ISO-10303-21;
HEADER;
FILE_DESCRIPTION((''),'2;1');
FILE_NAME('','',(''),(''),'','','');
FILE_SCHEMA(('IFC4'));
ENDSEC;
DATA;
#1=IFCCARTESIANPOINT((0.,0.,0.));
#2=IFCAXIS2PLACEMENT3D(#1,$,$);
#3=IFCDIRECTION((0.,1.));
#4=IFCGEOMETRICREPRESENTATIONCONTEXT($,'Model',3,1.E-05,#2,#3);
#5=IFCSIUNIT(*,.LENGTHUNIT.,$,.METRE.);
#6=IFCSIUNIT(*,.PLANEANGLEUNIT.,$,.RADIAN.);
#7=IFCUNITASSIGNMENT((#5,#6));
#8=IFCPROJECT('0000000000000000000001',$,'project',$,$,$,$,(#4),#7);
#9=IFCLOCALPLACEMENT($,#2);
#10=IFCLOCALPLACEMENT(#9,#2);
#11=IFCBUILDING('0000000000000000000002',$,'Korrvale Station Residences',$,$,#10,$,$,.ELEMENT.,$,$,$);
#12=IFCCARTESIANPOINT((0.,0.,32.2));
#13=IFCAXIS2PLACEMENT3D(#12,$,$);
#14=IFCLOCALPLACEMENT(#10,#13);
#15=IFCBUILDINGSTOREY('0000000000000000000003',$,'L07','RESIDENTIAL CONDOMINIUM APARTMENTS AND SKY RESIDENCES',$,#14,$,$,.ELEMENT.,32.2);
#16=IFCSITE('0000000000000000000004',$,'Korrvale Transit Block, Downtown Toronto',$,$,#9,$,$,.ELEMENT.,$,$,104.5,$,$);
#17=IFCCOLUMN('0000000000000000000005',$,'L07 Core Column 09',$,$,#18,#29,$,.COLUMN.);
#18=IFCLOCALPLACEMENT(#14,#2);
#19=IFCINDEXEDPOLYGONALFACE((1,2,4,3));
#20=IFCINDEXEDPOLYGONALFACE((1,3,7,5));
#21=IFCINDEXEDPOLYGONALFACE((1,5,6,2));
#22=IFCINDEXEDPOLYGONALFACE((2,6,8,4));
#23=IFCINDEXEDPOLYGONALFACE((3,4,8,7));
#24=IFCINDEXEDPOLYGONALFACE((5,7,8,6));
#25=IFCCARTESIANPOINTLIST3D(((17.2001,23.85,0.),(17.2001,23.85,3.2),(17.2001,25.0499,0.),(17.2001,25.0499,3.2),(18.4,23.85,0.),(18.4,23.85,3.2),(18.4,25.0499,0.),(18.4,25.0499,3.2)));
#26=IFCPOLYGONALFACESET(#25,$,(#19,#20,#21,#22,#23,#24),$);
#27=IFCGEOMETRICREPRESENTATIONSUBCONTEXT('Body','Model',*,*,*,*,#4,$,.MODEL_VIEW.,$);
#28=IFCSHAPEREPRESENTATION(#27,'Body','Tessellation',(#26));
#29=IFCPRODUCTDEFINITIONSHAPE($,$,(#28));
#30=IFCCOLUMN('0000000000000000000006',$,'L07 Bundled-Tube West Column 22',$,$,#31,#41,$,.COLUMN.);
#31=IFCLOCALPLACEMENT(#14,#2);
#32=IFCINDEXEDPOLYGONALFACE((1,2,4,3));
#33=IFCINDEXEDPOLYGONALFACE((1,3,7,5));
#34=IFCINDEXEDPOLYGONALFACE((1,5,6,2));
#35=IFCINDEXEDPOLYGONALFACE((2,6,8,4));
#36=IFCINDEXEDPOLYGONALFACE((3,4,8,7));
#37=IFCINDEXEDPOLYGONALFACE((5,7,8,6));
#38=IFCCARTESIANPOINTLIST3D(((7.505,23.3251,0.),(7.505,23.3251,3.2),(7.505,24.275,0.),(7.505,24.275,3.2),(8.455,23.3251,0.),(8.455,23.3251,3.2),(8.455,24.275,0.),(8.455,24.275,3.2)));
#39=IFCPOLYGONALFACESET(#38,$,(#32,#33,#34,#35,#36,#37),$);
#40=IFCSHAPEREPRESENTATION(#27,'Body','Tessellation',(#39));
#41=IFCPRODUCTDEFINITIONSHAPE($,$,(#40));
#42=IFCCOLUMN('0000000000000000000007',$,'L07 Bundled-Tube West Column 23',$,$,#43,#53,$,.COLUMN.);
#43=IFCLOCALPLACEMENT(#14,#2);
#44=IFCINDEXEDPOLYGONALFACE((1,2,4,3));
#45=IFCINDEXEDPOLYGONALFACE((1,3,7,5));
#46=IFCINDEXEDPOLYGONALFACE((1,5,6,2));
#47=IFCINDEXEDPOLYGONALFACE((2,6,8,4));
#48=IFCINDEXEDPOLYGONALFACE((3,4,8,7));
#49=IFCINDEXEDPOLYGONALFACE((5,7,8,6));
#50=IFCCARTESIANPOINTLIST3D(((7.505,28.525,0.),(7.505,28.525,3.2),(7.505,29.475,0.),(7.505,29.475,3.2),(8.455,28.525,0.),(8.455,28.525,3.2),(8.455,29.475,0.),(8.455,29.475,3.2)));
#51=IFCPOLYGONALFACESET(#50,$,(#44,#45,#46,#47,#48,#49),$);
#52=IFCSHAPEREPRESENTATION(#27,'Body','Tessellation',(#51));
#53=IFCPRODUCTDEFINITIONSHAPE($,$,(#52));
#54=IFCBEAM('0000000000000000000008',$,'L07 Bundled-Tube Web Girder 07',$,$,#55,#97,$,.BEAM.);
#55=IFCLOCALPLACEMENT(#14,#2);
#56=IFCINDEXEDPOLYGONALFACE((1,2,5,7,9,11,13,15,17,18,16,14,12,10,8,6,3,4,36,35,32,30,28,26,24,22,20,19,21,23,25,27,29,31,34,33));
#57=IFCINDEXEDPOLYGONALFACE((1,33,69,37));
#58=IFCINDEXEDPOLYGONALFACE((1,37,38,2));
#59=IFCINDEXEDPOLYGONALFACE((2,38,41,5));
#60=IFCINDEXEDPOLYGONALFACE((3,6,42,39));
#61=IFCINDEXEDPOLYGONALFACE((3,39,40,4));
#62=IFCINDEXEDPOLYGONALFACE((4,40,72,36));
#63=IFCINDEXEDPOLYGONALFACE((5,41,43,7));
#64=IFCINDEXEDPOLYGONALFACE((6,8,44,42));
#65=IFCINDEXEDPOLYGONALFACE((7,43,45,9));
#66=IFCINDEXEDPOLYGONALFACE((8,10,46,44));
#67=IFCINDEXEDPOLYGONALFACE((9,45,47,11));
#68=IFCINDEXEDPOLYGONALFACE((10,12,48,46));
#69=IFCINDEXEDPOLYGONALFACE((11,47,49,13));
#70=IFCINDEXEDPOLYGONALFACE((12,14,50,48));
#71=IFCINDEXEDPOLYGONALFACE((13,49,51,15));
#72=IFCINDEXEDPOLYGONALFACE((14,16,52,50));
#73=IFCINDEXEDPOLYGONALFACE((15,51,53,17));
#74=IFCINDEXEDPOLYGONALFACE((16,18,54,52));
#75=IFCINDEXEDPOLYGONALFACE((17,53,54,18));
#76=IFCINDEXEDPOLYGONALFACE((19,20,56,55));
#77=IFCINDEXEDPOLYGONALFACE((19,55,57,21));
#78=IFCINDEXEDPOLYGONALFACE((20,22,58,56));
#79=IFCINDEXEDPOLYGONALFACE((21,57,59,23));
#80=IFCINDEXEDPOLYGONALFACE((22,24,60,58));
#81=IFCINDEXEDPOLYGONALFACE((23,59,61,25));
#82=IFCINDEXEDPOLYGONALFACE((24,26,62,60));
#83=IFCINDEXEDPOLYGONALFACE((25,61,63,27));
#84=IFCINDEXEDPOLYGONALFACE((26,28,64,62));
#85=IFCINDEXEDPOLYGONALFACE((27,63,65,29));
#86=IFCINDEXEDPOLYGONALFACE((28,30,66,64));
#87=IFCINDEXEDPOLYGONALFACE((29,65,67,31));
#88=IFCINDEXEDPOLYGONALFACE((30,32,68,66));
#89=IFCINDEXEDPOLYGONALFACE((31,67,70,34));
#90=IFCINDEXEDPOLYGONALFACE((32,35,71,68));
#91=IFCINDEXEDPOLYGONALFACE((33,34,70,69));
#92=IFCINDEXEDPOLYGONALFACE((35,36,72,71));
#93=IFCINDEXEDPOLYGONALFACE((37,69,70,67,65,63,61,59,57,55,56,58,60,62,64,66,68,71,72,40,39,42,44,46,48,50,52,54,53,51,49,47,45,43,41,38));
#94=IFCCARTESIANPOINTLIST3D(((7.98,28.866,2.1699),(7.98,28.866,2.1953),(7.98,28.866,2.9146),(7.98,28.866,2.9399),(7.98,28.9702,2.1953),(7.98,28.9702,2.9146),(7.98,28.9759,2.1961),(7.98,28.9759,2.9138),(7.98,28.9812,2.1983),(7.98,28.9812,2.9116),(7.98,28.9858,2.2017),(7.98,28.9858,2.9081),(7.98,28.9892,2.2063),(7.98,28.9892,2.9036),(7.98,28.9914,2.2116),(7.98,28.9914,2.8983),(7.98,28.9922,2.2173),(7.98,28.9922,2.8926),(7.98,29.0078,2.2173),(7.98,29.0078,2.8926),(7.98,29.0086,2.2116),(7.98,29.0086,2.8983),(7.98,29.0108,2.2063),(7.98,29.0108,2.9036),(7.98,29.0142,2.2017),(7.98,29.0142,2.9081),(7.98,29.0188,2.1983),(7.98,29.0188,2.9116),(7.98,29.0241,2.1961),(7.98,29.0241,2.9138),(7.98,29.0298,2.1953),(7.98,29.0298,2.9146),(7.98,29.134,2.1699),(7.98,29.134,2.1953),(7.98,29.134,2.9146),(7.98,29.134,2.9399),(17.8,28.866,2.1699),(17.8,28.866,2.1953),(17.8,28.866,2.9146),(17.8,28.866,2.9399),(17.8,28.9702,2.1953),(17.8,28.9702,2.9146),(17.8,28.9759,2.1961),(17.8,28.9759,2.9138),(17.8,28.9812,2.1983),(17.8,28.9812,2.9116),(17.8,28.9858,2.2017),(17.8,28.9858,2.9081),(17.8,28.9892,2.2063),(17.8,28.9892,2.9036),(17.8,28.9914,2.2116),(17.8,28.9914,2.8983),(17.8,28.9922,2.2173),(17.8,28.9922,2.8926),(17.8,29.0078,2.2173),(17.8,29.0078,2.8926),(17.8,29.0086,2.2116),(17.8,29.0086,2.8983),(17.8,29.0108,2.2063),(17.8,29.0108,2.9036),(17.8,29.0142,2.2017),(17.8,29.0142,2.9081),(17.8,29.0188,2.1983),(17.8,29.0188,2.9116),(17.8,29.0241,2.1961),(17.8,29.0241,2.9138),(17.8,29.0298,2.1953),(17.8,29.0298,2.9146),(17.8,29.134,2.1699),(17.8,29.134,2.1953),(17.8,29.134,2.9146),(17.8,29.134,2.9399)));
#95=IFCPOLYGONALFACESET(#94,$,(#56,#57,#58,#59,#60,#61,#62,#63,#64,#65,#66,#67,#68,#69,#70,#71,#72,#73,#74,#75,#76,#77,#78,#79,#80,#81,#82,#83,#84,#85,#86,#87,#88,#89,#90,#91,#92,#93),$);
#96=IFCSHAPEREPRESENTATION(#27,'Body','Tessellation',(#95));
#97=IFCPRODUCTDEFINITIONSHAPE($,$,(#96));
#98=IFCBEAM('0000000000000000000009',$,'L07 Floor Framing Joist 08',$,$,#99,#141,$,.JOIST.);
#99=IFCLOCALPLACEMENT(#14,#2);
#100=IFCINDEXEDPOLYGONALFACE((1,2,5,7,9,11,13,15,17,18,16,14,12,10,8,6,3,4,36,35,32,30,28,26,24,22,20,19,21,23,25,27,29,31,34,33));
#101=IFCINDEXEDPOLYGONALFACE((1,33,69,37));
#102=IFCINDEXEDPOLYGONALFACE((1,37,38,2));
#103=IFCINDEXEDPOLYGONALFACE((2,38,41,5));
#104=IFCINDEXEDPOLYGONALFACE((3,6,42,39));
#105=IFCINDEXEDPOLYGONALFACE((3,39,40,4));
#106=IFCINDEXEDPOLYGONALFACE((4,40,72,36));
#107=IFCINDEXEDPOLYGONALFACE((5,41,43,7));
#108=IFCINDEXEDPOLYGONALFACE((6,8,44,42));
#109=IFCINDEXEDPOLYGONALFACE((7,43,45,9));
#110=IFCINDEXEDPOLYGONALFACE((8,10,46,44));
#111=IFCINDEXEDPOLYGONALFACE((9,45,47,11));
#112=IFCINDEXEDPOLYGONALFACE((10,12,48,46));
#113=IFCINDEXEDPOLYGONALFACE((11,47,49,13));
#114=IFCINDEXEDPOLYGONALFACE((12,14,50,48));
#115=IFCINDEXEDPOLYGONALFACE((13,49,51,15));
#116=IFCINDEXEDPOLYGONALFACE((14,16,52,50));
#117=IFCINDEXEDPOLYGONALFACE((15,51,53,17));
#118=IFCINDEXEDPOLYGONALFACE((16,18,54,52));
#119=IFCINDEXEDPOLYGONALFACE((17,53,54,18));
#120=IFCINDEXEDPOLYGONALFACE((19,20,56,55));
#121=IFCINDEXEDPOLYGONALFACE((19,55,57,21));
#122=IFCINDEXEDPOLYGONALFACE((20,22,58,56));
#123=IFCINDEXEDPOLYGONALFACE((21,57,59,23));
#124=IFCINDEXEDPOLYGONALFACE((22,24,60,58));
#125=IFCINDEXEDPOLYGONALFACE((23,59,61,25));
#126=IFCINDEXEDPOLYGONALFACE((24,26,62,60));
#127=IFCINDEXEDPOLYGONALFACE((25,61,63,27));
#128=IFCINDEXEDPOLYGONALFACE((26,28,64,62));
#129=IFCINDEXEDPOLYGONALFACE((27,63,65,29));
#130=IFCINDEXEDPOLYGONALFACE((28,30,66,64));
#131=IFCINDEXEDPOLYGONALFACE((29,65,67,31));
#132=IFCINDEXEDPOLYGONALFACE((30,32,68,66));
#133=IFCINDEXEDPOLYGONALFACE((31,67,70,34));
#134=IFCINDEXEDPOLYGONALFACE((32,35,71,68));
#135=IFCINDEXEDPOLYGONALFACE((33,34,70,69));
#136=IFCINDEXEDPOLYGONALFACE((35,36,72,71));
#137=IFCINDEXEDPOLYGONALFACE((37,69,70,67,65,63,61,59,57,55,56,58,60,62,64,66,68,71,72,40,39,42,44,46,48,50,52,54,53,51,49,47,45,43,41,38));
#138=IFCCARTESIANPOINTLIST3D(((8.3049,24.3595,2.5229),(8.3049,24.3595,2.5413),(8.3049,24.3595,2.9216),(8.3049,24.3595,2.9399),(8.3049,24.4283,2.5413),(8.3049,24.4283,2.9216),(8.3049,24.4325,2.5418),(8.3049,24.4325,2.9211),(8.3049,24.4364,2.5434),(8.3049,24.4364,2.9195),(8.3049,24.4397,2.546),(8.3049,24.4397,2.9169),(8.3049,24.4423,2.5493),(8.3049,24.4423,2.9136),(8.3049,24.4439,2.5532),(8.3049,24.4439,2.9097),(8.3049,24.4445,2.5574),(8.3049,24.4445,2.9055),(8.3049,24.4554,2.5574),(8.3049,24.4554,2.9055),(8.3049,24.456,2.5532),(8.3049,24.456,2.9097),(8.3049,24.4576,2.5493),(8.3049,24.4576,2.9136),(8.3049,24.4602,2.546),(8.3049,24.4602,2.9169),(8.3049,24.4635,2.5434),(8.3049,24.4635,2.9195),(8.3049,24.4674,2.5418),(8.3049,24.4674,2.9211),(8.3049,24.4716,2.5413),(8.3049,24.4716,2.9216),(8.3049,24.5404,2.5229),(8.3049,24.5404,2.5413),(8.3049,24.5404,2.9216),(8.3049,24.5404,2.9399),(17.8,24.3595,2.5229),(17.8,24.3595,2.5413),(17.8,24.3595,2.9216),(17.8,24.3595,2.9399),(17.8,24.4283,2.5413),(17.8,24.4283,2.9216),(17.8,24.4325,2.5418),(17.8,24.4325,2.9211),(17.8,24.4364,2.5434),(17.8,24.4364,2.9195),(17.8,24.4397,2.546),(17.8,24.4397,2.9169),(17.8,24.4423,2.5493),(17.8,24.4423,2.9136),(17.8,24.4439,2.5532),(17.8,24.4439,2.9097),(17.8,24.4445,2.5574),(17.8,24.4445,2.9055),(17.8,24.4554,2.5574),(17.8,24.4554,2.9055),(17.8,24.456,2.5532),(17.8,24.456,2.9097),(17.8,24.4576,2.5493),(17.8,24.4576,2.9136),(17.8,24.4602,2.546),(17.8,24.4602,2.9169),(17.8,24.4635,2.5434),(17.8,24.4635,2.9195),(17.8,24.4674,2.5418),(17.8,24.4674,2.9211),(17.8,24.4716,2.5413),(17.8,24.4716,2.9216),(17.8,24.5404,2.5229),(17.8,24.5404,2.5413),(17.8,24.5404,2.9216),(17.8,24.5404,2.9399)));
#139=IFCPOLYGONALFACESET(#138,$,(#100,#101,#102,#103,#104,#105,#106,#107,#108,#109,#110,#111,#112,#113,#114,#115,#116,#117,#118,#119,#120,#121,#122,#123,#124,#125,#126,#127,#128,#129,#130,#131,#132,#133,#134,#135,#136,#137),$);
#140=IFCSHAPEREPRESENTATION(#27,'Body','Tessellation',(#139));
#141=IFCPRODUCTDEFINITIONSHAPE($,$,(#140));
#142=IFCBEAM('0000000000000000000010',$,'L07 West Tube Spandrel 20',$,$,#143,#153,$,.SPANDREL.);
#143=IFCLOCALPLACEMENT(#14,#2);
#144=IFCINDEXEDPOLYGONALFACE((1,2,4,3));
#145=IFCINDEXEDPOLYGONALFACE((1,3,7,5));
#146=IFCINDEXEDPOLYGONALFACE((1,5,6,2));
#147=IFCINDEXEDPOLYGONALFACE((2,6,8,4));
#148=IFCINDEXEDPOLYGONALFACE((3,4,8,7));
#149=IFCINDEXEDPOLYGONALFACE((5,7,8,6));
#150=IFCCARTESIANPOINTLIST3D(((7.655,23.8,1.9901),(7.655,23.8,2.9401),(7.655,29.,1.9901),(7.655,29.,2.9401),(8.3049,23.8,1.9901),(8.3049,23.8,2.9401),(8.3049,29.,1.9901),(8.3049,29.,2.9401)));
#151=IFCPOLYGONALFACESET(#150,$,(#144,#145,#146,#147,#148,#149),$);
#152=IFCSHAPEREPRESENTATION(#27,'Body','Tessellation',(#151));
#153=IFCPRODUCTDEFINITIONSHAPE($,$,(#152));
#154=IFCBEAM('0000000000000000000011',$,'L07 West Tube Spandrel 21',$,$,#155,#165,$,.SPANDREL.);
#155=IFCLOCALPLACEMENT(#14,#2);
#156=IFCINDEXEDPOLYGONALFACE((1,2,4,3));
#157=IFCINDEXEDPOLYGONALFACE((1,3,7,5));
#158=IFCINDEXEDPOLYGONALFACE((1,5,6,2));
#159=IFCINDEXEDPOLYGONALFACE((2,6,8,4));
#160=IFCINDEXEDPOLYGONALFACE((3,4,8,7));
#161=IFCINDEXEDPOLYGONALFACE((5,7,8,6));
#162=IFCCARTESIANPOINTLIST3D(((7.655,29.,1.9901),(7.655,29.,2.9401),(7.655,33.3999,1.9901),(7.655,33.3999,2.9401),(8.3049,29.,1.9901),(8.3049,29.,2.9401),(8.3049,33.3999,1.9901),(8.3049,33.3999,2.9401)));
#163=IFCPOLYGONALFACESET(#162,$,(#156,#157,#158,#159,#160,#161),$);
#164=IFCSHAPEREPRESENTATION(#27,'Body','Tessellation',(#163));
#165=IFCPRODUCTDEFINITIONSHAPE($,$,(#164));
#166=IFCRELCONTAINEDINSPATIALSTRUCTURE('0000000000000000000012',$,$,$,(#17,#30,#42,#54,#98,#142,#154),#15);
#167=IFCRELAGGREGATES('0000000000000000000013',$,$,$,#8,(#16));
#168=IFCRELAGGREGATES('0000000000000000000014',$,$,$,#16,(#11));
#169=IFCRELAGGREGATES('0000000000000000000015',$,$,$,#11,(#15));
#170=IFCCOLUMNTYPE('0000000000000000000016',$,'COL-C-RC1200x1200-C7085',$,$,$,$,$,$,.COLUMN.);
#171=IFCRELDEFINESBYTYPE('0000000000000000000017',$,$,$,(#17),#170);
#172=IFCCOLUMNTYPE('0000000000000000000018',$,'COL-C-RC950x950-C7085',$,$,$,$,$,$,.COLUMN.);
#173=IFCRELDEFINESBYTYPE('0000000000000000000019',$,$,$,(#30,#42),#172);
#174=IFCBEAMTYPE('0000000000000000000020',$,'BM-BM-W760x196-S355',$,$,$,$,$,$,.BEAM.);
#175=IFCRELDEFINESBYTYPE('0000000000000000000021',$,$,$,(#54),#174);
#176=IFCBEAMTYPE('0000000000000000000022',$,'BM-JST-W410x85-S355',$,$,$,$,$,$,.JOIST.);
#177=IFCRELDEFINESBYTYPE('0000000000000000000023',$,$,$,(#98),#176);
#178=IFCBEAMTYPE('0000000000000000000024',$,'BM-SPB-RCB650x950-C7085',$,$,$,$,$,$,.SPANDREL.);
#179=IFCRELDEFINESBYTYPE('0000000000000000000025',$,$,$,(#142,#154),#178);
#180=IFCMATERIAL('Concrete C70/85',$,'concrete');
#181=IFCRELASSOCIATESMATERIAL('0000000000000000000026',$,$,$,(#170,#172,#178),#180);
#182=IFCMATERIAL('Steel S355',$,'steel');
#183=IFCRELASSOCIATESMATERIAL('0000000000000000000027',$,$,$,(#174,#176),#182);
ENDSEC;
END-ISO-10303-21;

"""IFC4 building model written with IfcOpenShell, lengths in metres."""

from ifc_helpers import new_model, si_unit, direction, frame, origin, origin_2d, place, context, subcontext, project, spatial, rectangle, i_section, extrude, material, material_profile, profile_set, type_object, element, save


model = new_model("IFC4")

# Units and contexts
model_context = context("Model", 3, precision=1e-05, world=origin(), true_north=direction((0.0, 1.0)))
body_context = subcontext(model_context, "Body", "Model", "MODEL_VIEW")
ifc_project = project(units=[si_unit("LENGTHUNIT", "METRE"), si_unit("PLANEANGLEUNIT", "RADIAN")], contexts=[model_context])

# Site, building, storey
site_placement = place(None, origin())
site = spatial("IfcSite", under=ifc_project, at=site_placement, Name="Korrvale Transit Block, Downtown Toronto", CompositionType="ELEMENT", RefElevation=104.5)
building_placement = place(site_placement, origin())
building = spatial("IfcBuilding", under=site, at=building_placement, Name="Korrvale Station Residences", CompositionType="ELEMENT")
storey_placement = place(building_placement, frame((0.0, 0.0, 32.2)))
storey = spatial("IfcBuildingStorey", under=building, at=storey_placement, Name="L07", Description="RESIDENTIAL CONDOMINIUM APARTMENTS AND SKY RESIDENCES", CompositionType="ELEMENT", Elevation=32.2)

# Columns
ifc_material_1 = material(Name="Concrete C70/85", Category="concrete")
ifc_material_profile_1 = material_profile(ifc_material_1, rectangle(XDim=1.2, YDim=1.2, at=origin_2d()), Name="RC1200x1200")
ifc_profile_set_1 = profile_set([ifc_material_profile_1], Name="Concrete C70/85")
column_type_1 = type_object("IfcColumnType", Name="COL-C-RC1200x1200-C7085", PredefinedType="COLUMN", material=ifc_profile_set_1)
column_placement = place(storey_placement, frame((17.8, 24.45, 0.0), z_axis=(0.0, 0.0, 1.0), x_axis=(1.0, 0.0, 0.0)))
element("IfcColumn", 1, at=column_placement, inside=storey, type_object=column_type_1, Name="L07 Core Column 09", PredefinedType="COLUMN", context=body_context, shape_type="SweptSolid", body=[
    extrude(rectangle(XDim=1.2, YDim=1.2, at=origin_2d()), origin(), (0.0, 0.0, 1.0), 3.2),
])
ifc_material_profile_2 = material_profile(ifc_material_1, rectangle(XDim=0.95, YDim=0.95, at=origin_2d()), Name="RC950x950")
ifc_profile_set_2 = profile_set([ifc_material_profile_2], Name="Concrete C70/85")
column_type_2 = type_object("IfcColumnType", Name="COL-C-RC950x950-C7085", PredefinedType="COLUMN", material=ifc_profile_set_2)
for number, where, z_axis, x_axis, name in (
    (2, (7.98, 23.8, 0.0), (0.0, 0.0, 1.0), (1.0, 0.0, 0.0), "L07 Bundled-Tube West Column 22"),
    (3, (7.98, 29.0, 0.0), (0.0, 0.0, 1.0), (1.0, 0.0, 0.0), "L07 Bundled-Tube West Column 23"),
):
    element("IfcColumn", number, at=place(storey_placement, frame(where, z_axis=z_axis, x_axis=x_axis)), inside=storey, type_object=column_type_2, Name=name, PredefinedType="COLUMN", context=body_context, shape_type="SweptSolid", body=[
        extrude(rectangle(XDim=0.95, YDim=0.95, at=origin_2d()), origin(), (0.0, 0.0, 1.0), 3.2),
    ])

# Beams
ifc_material_2 = material(Name="Steel S355", Category="steel")
ifc_material_profile_3 = material_profile(ifc_material_2, i_section(OverallWidth=0.2681, OverallDepth=0.77, WebThickness=0.0156, FlangeThickness=0.0254, FilletRadius=0.022, at=origin_2d()), Name="W760x196")
ifc_profile_set_3 = profile_set([ifc_material_profile_3], Name="Steel S355")
beam_type_1 = type_object("IfcBeamType", Name="BM-BM-W760x196-S355", PredefinedType="BEAM", material=ifc_profile_set_3)
beam_1_placement = place(storey_placement, frame((7.98, 29.0, 2.5549), z_axis=(1.0, 0.0, 0.0), x_axis=(0.0, 1.0, 0.0)))
element("IfcBeam", 4, at=beam_1_placement, inside=storey, type_object=beam_type_1, Name="L07 Bundled-Tube Web Girder 07", PredefinedType="BEAM", context=body_context, shape_type="SweptSolid", body=[
    extrude(i_section(OverallWidth=0.2681, OverallDepth=0.77, WebThickness=0.0156, FlangeThickness=0.0254, FilletRadius=0.022, at=origin_2d()), origin(), (0.0, 0.0, 1.0), 9.8201),
])
ifc_material_profile_4 = material_profile(ifc_material_2, i_section(OverallWidth=0.1809, OverallDepth=0.417, WebThickness=0.011, FlangeThickness=0.0183, FilletRadius=0.0161, at=origin_2d()), Name="W410x85")
ifc_profile_set_4 = profile_set([ifc_material_profile_4], Name="Steel S355")
beam_type_2 = type_object("IfcBeamType", Name="BM-JST-W410x85-S355", PredefinedType="JOIST", material=ifc_profile_set_4)
beam_2_placement = place(storey_placement, frame((8.3049, 24.45, 2.7314), z_axis=(1.0, 0.0, 0.0), x_axis=(0.0, 1.0, 0.0)))
element("IfcBeam", 5, at=beam_2_placement, inside=storey, type_object=beam_type_2, Name="L07 Floor Framing Joist 08", PredefinedType="JOIST", context=body_context, shape_type="SweptSolid", body=[
    extrude(i_section(OverallWidth=0.1809, OverallDepth=0.417, WebThickness=0.011, FlangeThickness=0.0183, FilletRadius=0.0161, at=origin_2d()), origin(), (0.0, 0.0, 1.0), 9.4951),
])
ifc_material_profile_5 = material_profile(ifc_material_1, rectangle(XDim=0.6499, YDim=0.95, at=origin_2d()), Name="RCB650x950")
ifc_profile_set_5 = profile_set([ifc_material_profile_5], Name="Concrete C70/85")
beam_type_3 = type_object("IfcBeamType", Name="BM-SPB-RCB650x950-C7085", PredefinedType="SPANDREL", material=ifc_profile_set_5)
beam_3_placement = place(storey_placement, frame((7.98, 23.8, 2.4651), z_axis=(0.0, 1.0, 0.0), x_axis=(-1.0, 0.0, 0.0)))
element("IfcBeam", 6, at=beam_3_placement, inside=storey, type_object=beam_type_3, Name="L07 West Tube Spandrel 20", PredefinedType="SPANDREL", context=body_context, shape_type="SweptSolid", body=[
    extrude(rectangle(XDim=0.6499, YDim=0.95, at=origin_2d()), origin(), (0.0, 0.0, 1.0), 5.2),
])
beam_4_placement = place(storey_placement, frame((7.98, 29.0, 2.4651), z_axis=(0.0, 1.0, 0.0), x_axis=(-1.0, 0.0, 0.0)))
element("IfcBeam", 7, at=beam_4_placement, inside=storey, type_object=beam_type_3, Name="L07 West Tube Spandrel 21", PredefinedType="SPANDREL", context=body_context, shape_type="SweptSolid", body=[
    extrude(rectangle(XDim=0.6499, YDim=0.95, at=origin_2d()), origin(), (0.0, 0.0, 1.0), 4.3999),
])

save(model, "model.ifc")
